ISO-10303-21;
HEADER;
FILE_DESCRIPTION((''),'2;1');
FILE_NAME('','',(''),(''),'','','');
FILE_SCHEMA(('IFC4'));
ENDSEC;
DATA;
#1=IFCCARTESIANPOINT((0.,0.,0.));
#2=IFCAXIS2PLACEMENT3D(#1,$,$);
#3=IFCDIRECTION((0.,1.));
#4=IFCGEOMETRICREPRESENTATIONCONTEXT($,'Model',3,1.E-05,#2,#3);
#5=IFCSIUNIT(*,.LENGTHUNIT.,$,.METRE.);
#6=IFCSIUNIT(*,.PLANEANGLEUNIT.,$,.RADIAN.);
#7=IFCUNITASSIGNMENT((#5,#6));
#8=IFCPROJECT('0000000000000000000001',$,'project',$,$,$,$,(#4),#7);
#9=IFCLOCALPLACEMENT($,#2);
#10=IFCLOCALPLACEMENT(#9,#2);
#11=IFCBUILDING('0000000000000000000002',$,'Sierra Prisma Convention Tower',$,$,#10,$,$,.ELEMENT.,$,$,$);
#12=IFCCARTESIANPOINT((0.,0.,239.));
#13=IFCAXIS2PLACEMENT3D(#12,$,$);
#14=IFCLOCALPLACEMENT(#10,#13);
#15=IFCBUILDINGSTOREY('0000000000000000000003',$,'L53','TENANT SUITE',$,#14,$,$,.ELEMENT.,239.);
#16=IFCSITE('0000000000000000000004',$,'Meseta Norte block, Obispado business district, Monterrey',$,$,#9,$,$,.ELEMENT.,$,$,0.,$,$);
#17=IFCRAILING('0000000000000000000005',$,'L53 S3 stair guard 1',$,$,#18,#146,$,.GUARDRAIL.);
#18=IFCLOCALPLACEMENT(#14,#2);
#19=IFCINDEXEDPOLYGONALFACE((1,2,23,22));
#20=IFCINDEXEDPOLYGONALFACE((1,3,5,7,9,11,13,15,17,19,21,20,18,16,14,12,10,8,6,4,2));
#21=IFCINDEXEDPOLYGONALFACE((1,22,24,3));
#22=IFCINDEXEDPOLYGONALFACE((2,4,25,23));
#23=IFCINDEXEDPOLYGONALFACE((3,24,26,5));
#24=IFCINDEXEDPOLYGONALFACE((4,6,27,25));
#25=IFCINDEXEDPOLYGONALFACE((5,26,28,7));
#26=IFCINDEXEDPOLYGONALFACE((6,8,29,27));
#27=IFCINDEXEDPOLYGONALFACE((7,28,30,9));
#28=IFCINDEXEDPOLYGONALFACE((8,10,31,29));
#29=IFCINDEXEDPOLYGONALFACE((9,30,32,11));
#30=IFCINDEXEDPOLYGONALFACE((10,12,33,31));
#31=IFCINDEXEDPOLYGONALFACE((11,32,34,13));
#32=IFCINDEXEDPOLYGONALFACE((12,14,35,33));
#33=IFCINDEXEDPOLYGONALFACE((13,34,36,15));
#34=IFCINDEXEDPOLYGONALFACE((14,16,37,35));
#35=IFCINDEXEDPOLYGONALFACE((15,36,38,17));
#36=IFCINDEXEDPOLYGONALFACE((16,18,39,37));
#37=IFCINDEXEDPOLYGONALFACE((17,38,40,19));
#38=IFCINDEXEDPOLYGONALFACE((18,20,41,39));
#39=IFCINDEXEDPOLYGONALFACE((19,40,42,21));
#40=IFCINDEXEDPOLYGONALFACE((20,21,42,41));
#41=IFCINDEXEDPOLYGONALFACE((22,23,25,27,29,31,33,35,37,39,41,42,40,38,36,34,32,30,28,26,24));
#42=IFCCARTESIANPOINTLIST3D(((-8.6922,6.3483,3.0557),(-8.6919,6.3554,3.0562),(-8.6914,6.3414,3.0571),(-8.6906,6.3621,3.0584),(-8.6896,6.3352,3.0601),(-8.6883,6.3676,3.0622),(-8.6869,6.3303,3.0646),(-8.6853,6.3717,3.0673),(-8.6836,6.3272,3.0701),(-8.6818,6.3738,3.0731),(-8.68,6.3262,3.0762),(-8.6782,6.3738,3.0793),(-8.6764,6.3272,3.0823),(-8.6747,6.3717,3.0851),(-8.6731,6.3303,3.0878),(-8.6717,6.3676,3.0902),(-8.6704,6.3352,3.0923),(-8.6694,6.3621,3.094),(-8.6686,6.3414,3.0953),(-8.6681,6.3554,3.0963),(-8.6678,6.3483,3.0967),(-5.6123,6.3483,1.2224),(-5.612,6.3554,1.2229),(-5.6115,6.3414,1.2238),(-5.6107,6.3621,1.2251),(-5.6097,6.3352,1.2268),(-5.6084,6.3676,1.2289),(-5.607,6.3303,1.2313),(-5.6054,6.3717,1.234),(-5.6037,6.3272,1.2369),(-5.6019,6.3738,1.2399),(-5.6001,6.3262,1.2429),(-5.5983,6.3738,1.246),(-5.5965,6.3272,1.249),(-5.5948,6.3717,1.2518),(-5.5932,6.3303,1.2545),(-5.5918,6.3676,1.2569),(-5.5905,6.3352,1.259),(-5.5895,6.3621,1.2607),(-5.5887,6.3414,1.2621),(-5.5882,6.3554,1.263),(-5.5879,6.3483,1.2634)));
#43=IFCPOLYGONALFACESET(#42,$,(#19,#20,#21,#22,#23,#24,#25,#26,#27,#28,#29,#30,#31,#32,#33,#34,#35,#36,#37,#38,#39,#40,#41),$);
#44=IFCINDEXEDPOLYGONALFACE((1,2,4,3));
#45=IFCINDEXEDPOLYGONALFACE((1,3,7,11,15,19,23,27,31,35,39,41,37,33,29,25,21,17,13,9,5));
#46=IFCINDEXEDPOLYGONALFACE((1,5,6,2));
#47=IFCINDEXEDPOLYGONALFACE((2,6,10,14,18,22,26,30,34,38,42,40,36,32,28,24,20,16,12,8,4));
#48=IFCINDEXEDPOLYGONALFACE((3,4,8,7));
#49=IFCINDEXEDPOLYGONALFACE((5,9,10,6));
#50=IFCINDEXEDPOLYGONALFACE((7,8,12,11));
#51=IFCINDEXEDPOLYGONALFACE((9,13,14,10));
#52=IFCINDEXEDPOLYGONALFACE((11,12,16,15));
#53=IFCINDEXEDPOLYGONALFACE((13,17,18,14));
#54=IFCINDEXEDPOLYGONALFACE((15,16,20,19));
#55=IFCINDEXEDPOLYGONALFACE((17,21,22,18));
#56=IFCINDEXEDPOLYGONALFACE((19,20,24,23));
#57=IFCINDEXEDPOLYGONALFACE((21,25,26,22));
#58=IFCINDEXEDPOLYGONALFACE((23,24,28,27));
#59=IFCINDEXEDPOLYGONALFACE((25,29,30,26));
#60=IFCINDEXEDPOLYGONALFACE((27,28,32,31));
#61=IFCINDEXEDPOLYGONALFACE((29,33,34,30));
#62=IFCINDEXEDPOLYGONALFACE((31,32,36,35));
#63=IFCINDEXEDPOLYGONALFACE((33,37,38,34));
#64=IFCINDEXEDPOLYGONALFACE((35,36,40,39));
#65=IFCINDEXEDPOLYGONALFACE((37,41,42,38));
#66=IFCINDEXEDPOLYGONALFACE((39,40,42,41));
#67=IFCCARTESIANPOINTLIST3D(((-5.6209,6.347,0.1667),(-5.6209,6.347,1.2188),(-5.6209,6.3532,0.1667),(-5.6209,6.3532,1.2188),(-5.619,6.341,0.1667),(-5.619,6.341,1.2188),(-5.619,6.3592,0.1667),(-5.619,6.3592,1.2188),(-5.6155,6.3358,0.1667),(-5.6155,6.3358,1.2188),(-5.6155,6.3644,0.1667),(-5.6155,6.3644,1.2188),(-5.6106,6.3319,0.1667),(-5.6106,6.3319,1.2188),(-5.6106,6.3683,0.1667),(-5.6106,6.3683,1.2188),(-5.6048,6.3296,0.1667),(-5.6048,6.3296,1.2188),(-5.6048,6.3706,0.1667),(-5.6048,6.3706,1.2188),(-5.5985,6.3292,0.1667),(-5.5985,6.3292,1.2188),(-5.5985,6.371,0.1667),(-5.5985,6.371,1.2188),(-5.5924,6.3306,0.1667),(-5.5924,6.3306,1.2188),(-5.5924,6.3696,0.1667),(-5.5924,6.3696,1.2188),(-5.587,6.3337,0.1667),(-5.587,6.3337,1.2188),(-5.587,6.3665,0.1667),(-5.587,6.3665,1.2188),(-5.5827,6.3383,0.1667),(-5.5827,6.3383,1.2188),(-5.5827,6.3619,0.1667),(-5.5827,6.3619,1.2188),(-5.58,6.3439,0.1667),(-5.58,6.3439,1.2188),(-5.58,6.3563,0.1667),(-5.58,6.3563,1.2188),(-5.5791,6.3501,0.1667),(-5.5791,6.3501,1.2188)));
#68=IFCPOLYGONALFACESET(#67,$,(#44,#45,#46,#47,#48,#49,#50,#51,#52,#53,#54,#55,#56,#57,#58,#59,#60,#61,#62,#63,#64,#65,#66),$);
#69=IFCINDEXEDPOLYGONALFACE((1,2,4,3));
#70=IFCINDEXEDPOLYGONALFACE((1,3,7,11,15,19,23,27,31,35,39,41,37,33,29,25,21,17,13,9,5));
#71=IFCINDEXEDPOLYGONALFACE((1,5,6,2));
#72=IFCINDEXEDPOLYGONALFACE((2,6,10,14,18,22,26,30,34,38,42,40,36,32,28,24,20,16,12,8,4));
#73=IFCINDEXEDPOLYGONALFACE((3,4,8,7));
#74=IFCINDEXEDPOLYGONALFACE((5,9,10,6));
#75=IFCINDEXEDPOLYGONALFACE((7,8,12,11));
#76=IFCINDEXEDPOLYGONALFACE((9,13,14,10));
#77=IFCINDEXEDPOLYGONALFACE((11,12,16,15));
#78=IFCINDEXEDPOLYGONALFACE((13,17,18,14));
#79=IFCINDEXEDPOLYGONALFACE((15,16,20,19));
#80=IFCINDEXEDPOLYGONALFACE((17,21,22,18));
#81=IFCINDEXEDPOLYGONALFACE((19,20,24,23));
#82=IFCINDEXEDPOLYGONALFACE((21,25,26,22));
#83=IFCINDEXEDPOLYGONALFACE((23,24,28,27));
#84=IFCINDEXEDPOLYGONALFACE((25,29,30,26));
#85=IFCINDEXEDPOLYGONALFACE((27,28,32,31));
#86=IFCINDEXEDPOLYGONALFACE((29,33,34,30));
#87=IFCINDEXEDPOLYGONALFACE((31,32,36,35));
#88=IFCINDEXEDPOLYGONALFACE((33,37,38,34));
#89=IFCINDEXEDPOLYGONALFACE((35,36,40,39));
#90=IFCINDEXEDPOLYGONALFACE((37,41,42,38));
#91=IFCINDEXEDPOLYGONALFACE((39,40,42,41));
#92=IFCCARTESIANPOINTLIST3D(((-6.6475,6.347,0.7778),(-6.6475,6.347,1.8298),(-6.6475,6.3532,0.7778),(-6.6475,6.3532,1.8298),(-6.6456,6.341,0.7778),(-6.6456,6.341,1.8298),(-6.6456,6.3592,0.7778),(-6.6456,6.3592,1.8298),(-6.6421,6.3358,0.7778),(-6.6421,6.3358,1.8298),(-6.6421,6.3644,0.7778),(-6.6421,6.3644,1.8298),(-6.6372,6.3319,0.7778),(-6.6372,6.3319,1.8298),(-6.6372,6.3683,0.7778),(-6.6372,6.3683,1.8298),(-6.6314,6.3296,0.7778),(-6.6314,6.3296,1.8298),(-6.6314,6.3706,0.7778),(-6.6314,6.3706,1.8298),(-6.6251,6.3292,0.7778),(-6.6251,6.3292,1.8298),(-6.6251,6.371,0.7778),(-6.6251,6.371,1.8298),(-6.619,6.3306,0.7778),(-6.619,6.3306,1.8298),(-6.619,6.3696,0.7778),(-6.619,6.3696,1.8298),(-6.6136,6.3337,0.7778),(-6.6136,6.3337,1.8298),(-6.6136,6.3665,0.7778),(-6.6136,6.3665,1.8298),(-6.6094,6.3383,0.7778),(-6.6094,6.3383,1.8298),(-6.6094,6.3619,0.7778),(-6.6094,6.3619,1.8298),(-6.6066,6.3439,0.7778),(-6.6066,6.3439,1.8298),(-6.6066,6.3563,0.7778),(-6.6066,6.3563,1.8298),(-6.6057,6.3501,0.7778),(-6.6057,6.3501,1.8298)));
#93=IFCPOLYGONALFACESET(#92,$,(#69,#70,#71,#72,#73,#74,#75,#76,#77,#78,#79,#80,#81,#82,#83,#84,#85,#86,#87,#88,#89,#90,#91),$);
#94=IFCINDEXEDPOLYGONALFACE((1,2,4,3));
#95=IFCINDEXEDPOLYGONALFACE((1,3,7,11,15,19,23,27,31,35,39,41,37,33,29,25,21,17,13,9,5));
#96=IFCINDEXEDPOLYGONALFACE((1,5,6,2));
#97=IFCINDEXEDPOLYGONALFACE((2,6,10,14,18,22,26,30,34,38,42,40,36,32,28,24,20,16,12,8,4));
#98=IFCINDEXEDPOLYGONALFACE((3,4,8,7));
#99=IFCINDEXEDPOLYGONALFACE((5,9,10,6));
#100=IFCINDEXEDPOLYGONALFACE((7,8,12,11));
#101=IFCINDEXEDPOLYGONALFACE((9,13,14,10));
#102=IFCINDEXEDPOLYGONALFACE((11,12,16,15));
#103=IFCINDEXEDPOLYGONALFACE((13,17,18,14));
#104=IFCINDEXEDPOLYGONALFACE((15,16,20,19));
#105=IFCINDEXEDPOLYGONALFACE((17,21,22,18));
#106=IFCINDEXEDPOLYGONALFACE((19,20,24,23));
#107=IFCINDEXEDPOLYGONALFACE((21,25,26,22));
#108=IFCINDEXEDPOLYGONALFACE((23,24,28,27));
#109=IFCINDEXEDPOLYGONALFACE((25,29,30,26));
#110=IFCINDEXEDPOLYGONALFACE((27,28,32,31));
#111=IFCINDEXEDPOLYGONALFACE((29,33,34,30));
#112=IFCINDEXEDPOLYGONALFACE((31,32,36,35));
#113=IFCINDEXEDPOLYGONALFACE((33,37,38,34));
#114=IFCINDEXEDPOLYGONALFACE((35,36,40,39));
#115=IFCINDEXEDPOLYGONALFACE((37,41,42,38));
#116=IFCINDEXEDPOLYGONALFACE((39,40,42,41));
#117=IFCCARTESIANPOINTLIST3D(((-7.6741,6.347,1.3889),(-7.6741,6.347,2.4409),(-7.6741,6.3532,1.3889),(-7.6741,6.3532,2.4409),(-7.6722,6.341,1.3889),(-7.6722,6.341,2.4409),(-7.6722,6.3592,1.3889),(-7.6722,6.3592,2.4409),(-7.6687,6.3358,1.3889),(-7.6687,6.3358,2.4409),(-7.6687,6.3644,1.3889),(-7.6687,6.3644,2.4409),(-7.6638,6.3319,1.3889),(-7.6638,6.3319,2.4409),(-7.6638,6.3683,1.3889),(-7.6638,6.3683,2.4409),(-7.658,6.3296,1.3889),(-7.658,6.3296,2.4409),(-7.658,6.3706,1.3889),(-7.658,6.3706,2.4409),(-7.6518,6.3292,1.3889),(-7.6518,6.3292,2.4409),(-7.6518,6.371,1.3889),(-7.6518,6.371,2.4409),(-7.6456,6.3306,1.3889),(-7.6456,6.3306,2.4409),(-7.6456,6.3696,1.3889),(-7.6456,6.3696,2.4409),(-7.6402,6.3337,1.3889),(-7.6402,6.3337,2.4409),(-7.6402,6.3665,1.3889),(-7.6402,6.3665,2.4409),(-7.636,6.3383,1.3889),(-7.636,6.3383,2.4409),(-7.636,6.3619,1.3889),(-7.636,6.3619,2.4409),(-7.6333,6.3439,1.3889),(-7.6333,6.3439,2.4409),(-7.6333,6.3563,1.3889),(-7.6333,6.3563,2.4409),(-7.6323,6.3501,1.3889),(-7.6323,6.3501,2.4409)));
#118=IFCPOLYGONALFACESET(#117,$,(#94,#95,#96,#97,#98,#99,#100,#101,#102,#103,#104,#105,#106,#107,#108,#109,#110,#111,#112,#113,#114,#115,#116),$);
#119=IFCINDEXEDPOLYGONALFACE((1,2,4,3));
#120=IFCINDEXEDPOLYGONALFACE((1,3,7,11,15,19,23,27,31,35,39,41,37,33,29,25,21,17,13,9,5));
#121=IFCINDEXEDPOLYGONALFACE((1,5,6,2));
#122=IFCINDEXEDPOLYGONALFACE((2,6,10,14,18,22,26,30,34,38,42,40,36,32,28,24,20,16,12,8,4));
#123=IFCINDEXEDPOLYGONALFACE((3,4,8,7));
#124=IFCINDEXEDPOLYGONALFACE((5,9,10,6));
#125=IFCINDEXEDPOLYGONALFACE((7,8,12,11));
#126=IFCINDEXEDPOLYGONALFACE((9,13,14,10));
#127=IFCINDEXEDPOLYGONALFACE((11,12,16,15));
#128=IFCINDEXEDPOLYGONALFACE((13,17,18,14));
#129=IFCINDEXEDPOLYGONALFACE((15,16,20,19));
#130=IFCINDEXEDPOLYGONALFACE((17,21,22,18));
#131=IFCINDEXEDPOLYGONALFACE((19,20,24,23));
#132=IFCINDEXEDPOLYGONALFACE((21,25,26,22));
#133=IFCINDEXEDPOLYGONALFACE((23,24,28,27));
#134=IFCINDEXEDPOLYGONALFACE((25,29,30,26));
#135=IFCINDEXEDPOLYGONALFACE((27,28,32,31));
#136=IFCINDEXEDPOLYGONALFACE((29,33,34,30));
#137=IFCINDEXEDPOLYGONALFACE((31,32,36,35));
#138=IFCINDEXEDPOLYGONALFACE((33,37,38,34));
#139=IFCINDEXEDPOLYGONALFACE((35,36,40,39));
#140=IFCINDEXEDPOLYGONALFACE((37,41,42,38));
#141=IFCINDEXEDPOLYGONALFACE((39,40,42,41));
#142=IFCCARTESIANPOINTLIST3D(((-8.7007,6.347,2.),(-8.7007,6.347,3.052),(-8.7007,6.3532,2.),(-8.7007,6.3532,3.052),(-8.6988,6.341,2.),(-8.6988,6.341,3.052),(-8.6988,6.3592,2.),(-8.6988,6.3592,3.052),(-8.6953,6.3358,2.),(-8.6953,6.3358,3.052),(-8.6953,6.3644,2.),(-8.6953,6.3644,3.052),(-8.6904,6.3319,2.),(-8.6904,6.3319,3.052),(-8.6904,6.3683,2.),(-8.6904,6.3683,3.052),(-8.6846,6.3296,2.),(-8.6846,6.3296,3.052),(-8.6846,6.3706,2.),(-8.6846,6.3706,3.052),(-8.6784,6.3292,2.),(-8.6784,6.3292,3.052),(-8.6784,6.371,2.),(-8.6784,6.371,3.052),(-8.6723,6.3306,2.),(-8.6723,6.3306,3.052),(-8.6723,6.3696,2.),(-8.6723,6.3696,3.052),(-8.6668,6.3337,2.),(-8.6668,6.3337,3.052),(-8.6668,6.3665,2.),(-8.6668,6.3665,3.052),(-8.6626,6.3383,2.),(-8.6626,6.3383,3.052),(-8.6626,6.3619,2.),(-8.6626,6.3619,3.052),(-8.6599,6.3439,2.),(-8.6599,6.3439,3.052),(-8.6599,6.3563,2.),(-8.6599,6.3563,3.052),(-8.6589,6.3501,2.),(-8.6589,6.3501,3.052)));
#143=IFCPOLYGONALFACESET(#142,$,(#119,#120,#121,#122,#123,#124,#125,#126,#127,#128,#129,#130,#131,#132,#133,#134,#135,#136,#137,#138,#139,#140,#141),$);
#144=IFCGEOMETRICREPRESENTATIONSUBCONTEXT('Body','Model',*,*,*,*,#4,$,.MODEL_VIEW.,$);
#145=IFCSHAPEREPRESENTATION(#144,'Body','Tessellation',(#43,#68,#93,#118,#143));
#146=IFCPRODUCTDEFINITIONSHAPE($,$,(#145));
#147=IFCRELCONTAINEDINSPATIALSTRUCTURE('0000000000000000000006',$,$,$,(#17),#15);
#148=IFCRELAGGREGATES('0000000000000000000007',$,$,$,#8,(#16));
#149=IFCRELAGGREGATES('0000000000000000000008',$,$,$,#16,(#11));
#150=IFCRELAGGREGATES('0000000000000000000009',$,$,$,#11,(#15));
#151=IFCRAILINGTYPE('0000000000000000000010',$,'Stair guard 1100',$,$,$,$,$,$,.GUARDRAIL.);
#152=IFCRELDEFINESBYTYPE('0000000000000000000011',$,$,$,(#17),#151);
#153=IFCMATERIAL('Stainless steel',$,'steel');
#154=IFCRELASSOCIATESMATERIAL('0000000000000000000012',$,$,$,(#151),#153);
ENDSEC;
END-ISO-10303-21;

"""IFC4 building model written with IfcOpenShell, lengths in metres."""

from ifc_helpers import new_model, si_unit, direction, frame, origin, origin_2d, place, context, subcontext, project, spatial, circle, extrude, material, type_object, element, save


model = new_model("IFC4")

# Units and contexts
model_context = context("Model", 3, precision=1e-05, world=origin(), true_north=direction((0.0, 1.0)))
body_context = subcontext(model_context, "Body", "Model", "MODEL_VIEW")
ifc_project = project(units=[si_unit("LENGTHUNIT", "METRE"), si_unit("PLANEANGLEUNIT", "RADIAN")], contexts=[model_context])

# Site, building, storey
site_placement = place(None, origin())
site = spatial("IfcSite", under=ifc_project, at=site_placement, Name="Meseta Norte block, Obispado business district, Monterrey", CompositionType="ELEMENT", RefElevation=0.0)
building_placement = place(site_placement, origin())
building = spatial("IfcBuilding", under=site, at=building_placement, Name="Sierra Prisma Convention Tower", CompositionType="ELEMENT")
storey_placement = place(building_placement, frame((0.0, 0.0, 239.0)))
storey = spatial("IfcBuildingStorey", under=building, at=storey_placement, Name="L53", Description="TENANT SUITE", CompositionType="ELEMENT", Elevation=239.0)

# Railing
ifc_material_1 = material(Name="Stainless steel", Category="steel")
railing_type_1 = type_object("IfcRailingType", Name="Stair guard 1100", PredefinedType="GUARDRAIL", material=ifc_material_1)
railing_1_placement = place(storey_placement, frame((-5.6001, 6.3501, 0.1667)))
element("IfcRailing", 1, at=railing_1_placement, inside=storey, type_object=railing_type_1, Name="L53 S3 stair guard 1", PredefinedType="GUARDRAIL", context=body_context, shape_type="SweptSolid", body=[
    extrude(circle(Radius=0.0239, at=origin_2d()), frame((0.0, 0.0, 1.0762), z_axis=(-0.859291, 0.0, 0.511487), x_axis=(0.0, -1.0, 0.0)), (0.0, 0.0, 1.0), 3.5842),
    extrude(circle(Radius=0.021, at=origin_2d()), origin(), (0.0, 0.0, 1.0), 1.052),
    extrude(circle(Radius=0.021, at=origin_2d()), frame((-1.0266, 0.0, 0.6111)), (0.0, 0.0, 1.0), 1.052),
    extrude(circle(Radius=0.021, at=origin_2d()), frame((-2.0532, 0.0, 1.2222)), (0.0, 0.0, 1.0), 1.052),
    extrude(circle(Radius=0.021, at=origin_2d()), frame((-3.0798, 0.0, 1.8333)), (0.0, 0.0, 1.0), 1.052),
])

save(model, "model.ifc")
